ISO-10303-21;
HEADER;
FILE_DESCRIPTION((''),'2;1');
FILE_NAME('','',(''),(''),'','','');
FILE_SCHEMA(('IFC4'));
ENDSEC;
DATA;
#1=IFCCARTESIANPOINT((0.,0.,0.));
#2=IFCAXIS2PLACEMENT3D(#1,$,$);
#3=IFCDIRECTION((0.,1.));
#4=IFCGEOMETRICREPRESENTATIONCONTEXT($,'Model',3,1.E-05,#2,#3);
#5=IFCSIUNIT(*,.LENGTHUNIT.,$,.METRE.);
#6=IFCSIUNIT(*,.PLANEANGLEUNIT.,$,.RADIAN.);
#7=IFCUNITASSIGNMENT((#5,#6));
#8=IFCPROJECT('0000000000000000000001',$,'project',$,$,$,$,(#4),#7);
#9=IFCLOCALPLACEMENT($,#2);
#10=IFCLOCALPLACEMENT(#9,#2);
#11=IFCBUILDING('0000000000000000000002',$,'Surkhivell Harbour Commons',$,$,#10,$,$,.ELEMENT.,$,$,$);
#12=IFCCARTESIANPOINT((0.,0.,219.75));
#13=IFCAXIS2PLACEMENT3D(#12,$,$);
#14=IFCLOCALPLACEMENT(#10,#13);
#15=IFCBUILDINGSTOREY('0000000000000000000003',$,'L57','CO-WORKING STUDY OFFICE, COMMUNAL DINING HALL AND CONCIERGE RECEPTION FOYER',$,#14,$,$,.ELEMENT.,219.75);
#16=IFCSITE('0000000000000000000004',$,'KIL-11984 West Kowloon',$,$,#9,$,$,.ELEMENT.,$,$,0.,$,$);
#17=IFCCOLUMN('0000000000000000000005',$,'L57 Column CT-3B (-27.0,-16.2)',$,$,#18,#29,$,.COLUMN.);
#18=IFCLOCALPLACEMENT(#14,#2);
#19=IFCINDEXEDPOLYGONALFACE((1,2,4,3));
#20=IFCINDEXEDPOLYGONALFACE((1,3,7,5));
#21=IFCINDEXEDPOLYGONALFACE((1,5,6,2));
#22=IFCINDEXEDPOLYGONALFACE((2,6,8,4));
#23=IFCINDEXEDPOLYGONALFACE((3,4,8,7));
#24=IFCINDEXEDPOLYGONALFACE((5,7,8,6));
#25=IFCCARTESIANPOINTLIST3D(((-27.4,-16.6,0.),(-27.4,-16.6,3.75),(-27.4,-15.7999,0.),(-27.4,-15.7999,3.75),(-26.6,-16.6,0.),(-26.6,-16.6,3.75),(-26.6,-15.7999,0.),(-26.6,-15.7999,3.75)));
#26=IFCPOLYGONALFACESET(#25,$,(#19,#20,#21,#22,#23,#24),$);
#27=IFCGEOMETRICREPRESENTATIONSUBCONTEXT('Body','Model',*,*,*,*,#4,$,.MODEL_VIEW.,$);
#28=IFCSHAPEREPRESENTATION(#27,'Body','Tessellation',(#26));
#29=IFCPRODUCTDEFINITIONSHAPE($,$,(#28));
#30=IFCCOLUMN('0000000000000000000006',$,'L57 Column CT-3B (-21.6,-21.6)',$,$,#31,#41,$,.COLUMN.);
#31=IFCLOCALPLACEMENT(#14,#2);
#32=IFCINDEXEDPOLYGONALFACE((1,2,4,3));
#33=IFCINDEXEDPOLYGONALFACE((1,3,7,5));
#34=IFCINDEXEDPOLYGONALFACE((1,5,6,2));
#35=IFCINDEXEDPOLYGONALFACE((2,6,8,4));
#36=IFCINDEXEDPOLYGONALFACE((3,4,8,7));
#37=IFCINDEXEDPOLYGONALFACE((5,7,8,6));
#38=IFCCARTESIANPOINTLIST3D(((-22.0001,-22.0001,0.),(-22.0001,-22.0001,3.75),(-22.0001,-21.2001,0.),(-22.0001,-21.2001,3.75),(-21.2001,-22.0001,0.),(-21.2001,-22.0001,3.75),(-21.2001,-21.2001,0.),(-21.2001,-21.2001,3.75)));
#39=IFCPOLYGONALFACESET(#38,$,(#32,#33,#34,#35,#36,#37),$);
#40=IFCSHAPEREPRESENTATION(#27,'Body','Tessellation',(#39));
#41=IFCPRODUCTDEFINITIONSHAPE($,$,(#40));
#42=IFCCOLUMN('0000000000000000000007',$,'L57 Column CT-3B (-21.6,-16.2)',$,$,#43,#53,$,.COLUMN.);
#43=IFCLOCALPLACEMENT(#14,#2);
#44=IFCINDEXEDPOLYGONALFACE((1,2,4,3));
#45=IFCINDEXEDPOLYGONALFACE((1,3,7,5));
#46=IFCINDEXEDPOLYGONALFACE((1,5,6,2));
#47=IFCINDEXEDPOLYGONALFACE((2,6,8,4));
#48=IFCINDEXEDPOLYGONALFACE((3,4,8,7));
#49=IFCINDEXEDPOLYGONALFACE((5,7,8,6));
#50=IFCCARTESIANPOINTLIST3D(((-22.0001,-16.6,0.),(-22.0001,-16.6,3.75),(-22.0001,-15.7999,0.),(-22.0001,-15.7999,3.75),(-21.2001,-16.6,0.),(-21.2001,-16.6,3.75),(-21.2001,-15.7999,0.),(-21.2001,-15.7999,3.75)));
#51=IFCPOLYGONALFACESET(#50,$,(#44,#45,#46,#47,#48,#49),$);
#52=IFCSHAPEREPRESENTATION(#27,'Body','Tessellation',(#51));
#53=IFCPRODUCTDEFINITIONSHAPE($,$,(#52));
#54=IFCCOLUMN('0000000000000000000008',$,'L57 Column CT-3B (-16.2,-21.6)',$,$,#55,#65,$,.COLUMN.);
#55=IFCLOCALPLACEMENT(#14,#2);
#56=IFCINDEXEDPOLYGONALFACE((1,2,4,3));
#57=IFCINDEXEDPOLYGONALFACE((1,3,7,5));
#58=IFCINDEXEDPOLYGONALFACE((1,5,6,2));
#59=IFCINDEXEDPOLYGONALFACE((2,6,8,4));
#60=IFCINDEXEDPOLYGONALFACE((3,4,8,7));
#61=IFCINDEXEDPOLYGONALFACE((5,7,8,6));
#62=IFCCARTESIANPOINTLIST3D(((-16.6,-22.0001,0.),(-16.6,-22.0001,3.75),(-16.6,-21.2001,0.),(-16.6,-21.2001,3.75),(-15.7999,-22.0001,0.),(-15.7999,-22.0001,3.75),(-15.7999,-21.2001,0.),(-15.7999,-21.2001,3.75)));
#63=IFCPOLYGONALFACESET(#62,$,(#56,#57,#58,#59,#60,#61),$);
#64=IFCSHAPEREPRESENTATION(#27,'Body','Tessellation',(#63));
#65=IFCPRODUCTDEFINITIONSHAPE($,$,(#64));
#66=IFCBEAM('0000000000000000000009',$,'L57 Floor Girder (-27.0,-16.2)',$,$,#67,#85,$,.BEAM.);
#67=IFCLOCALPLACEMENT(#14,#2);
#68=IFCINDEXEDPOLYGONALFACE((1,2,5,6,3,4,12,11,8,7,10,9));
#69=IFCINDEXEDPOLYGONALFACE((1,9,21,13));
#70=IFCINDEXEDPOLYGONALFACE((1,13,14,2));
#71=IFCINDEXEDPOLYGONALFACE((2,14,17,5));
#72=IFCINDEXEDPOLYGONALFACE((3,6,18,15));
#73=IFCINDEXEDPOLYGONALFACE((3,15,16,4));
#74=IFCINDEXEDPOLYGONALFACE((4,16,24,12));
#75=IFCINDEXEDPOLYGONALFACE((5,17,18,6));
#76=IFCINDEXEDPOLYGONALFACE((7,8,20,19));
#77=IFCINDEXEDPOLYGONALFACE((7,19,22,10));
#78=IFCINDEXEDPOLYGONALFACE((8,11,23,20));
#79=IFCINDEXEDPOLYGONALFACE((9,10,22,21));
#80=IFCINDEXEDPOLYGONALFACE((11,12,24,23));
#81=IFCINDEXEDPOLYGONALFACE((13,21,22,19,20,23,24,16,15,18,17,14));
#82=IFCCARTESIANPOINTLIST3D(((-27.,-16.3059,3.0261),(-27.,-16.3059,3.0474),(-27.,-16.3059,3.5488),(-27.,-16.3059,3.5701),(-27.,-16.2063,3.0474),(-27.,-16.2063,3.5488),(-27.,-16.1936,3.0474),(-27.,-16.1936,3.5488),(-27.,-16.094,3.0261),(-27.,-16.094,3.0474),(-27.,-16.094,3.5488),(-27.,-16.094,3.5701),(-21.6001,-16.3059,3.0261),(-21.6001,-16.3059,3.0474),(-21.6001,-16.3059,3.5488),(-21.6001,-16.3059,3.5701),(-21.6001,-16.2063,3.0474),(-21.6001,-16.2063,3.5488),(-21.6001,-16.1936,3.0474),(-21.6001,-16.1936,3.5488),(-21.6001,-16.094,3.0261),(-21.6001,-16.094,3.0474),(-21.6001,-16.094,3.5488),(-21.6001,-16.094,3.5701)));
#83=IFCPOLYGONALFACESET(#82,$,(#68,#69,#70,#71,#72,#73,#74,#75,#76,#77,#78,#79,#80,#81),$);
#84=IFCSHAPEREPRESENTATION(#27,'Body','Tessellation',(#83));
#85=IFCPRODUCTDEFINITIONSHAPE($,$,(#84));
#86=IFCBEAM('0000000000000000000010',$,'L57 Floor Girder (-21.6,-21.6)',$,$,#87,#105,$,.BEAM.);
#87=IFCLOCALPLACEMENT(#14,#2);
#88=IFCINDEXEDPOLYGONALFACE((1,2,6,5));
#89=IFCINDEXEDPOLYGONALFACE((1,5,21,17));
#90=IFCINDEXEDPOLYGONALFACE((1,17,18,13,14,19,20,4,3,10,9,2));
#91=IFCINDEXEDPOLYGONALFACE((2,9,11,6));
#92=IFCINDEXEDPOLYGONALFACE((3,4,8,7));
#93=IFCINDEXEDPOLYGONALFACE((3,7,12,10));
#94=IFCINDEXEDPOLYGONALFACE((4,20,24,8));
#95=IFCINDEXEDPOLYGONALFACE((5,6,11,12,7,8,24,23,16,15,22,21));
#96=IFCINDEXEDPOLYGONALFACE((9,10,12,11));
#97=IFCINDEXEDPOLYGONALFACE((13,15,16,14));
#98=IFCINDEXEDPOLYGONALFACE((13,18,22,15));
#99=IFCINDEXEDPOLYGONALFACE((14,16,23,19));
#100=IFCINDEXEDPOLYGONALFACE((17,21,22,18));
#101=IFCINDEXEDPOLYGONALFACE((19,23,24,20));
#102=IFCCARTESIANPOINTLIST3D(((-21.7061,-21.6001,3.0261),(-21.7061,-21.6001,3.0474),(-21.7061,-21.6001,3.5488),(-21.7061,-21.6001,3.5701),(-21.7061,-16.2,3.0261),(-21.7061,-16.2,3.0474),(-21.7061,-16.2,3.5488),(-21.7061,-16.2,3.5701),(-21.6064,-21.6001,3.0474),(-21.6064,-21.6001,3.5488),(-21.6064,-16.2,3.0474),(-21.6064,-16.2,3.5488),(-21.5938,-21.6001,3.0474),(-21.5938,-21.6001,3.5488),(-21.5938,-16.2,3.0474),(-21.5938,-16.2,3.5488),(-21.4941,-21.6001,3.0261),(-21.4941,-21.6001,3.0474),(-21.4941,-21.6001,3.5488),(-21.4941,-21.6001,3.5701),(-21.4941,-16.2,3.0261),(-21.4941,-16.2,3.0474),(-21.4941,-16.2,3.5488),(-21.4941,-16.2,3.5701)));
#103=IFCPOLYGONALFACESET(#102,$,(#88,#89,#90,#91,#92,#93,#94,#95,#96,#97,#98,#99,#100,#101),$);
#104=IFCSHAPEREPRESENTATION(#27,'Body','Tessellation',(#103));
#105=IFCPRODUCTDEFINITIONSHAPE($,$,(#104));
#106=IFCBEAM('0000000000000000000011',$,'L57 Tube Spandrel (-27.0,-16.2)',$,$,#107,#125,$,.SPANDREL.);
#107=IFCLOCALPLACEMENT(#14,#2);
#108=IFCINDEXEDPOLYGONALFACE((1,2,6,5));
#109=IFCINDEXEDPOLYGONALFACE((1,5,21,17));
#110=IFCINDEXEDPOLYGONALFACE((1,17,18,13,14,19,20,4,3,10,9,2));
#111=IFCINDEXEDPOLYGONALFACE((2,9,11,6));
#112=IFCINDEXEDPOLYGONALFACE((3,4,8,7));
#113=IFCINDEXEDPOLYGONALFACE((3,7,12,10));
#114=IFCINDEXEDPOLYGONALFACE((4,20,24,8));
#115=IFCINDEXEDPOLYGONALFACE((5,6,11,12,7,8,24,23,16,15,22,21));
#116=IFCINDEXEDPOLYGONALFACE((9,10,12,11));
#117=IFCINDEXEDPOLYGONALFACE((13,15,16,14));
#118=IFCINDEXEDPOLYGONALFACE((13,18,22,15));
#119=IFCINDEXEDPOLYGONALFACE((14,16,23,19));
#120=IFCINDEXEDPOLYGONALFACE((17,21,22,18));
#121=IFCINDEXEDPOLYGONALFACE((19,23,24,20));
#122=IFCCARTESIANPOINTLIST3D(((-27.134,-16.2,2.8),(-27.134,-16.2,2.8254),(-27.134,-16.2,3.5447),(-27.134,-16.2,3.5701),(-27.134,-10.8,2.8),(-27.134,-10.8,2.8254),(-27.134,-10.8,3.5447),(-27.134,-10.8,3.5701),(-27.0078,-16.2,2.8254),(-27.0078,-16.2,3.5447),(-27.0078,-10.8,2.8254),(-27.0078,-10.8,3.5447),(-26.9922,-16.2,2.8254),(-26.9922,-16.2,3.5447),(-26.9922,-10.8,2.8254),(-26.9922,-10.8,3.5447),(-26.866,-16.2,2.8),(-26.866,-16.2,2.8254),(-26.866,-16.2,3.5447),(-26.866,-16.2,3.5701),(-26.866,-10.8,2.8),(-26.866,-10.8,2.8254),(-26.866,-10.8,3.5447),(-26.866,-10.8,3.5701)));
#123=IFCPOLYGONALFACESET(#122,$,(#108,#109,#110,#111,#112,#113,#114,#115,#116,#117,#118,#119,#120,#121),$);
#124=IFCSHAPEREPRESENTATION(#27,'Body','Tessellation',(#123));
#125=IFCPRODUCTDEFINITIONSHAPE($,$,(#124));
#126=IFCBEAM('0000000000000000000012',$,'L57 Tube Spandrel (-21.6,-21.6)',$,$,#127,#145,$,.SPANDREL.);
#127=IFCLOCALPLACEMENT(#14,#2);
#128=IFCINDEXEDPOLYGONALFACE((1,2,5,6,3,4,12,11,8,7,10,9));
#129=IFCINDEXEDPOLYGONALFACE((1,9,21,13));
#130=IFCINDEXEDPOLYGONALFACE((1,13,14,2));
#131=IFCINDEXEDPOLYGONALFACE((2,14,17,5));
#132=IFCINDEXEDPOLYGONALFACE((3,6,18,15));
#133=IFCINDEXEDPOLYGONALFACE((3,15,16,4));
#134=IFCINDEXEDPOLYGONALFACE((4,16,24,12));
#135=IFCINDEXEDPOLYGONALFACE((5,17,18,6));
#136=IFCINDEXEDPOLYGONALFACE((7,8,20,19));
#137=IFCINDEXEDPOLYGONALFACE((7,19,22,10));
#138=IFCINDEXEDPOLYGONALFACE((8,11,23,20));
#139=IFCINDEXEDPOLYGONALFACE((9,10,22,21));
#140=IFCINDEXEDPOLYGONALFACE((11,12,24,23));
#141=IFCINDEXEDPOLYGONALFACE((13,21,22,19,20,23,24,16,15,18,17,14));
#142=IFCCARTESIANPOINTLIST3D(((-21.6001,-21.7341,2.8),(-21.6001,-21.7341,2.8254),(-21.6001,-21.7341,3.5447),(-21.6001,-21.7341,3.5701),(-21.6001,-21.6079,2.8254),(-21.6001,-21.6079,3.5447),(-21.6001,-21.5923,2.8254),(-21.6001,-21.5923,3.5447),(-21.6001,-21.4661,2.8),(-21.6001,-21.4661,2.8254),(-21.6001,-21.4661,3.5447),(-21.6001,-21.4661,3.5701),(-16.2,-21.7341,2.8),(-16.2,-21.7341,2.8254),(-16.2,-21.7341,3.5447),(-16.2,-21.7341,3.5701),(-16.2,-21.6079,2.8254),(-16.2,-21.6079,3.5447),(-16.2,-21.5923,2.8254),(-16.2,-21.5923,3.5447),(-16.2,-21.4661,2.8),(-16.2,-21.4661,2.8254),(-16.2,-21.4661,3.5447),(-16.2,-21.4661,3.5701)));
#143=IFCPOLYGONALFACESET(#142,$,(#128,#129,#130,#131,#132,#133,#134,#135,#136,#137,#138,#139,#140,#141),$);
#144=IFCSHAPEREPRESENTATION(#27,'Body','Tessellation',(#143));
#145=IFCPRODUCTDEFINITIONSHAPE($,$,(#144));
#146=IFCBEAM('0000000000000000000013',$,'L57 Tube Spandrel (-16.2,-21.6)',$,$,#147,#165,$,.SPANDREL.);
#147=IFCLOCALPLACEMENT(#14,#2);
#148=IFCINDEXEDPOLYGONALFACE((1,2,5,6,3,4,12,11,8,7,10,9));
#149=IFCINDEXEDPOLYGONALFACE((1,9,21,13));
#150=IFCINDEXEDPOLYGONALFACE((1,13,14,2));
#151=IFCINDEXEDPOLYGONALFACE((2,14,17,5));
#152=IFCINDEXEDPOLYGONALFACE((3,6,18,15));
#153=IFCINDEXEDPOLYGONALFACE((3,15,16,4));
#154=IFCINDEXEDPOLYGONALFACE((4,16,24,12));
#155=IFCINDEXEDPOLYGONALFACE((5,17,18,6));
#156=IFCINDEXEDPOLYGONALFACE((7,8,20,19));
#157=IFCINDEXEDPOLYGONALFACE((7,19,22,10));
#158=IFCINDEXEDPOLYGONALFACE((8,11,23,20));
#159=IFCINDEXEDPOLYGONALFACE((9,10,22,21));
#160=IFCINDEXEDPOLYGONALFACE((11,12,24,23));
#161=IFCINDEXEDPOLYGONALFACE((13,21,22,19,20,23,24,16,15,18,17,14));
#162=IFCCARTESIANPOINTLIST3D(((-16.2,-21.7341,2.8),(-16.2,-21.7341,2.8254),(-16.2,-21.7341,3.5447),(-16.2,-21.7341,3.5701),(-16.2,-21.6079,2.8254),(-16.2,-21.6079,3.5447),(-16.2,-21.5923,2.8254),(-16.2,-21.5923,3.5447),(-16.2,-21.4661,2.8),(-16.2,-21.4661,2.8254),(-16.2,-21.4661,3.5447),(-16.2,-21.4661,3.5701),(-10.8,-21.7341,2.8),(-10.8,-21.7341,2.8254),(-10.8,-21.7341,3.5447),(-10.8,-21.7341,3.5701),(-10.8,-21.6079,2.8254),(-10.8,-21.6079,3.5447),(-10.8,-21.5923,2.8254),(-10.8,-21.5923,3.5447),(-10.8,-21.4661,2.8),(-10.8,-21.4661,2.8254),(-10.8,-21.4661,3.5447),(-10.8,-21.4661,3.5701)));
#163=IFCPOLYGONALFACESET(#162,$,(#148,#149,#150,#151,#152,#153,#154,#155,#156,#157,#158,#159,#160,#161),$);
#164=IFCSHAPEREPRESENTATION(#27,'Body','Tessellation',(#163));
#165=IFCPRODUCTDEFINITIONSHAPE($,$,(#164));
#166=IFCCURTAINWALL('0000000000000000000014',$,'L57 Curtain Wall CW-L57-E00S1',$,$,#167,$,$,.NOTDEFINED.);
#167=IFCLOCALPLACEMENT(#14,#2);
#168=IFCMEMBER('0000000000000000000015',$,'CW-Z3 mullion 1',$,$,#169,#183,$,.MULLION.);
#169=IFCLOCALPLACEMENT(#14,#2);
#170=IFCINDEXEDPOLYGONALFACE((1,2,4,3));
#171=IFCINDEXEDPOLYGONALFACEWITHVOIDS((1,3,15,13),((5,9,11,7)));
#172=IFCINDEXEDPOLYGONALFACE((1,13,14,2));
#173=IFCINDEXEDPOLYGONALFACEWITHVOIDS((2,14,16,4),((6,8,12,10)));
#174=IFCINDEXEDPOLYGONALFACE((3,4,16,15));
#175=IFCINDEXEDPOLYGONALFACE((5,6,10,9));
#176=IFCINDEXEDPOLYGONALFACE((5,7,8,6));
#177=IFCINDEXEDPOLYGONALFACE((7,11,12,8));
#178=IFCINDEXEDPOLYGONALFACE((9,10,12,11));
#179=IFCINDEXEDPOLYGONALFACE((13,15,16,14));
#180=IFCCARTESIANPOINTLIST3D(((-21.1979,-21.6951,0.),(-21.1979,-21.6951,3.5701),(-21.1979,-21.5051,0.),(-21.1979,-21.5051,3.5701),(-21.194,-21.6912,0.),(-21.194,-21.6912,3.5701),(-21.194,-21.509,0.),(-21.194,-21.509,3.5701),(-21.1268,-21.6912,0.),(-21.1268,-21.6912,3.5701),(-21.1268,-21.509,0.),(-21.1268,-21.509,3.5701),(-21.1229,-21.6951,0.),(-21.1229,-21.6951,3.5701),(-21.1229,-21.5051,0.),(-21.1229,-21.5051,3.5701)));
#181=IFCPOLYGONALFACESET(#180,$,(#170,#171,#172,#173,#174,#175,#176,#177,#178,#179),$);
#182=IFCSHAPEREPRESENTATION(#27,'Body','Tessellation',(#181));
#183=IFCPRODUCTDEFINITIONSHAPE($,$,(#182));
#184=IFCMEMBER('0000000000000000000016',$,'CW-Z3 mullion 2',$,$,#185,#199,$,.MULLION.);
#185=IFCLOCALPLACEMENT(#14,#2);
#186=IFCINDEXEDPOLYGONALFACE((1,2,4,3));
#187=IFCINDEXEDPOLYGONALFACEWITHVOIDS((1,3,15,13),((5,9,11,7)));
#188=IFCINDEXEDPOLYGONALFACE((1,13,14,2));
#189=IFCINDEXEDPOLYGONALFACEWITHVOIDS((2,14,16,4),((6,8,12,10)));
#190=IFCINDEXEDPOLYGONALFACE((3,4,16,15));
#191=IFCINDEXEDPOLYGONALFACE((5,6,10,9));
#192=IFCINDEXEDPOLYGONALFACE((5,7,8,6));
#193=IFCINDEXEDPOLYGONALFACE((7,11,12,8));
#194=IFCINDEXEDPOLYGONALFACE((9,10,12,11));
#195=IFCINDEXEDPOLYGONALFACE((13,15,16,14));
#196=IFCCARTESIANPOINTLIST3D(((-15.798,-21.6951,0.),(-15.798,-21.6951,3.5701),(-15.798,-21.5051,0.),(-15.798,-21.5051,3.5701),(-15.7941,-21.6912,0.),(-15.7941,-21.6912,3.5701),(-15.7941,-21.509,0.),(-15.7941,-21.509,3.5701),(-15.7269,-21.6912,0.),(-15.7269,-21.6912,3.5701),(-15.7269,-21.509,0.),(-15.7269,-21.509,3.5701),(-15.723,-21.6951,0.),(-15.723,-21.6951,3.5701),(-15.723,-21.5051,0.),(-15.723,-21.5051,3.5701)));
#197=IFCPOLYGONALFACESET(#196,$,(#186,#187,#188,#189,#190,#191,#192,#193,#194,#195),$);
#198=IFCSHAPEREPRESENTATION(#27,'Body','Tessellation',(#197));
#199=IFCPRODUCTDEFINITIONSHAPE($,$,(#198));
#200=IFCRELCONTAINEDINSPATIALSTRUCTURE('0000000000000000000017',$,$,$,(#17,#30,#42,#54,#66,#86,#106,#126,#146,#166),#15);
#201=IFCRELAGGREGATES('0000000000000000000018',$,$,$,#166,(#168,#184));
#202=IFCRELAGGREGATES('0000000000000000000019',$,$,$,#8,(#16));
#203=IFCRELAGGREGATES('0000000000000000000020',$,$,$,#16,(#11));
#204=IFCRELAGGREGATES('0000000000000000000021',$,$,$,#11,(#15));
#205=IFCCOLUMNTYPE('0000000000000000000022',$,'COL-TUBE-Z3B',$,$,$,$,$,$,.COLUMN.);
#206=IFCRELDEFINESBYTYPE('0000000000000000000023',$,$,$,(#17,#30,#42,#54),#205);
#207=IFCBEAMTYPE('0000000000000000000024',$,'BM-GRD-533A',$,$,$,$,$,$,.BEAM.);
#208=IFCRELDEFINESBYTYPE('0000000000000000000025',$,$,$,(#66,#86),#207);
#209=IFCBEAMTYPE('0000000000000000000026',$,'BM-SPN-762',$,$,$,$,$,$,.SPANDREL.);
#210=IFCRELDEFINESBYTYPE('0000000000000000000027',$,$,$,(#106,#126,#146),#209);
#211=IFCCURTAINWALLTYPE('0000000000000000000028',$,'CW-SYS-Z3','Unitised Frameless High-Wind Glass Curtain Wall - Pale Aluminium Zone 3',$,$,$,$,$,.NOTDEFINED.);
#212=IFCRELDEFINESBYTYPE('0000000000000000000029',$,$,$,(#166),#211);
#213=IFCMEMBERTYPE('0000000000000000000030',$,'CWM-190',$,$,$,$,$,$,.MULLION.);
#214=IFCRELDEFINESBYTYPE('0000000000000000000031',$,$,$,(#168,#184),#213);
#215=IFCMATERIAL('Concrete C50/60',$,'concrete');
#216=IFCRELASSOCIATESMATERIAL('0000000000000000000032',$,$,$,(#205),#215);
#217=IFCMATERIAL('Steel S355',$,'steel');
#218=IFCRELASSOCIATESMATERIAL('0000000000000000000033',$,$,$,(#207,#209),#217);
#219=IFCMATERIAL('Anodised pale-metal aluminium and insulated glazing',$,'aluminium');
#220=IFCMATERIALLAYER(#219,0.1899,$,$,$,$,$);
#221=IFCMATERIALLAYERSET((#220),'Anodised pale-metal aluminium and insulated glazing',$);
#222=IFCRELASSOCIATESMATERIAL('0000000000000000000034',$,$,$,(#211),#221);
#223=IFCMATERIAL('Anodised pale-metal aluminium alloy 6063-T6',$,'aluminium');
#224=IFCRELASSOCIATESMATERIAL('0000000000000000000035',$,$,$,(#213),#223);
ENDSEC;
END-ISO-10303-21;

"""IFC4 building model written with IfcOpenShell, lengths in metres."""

from ifc_helpers import new_model, si_unit, direction, frame, origin, origin_2d, place, context, subcontext, project, spatial, rectangle, hollow_rectangle, i_section, extrude, material, layer, layer_set, material_profile, profile_set, type_object, element, aggregate, save


model = new_model("IFC4")

# Units and contexts
model_context = context("Model", 3, precision=1e-05, world=origin(), true_north=direction((0.0, 1.0)))
body_context = subcontext(model_context, "Body", "Model", "MODEL_VIEW")
ifc_project = project(units=[si_unit("LENGTHUNIT", "METRE"), si_unit("PLANEANGLEUNIT", "RADIAN")], contexts=[model_context])

# Site, building, storey
site_placement = place(None, origin())
site = spatial("IfcSite", under=ifc_project, at=site_placement, Name="KIL-11984 West Kowloon", CompositionType="ELEMENT", RefElevation=0.0)
building_placement = place(site_placement, origin())
building = spatial("IfcBuilding", under=site, at=building_placement, Name="Surkhivell Harbour Commons", CompositionType="ELEMENT")
storey_placement = place(building_placement, frame((0.0, 0.0, 219.75)))
storey = spatial("IfcBuildingStorey", under=building, at=storey_placement, Name="L57", Description="CO-WORKING STUDY OFFICE, COMMUNAL DINING HALL AND CONCIERGE RECEPTION FOYER", CompositionType="ELEMENT", Elevation=219.75)

# Columns
ifc_material_1 = material(Name="Concrete C50/60", Category="concrete")
ifc_material_profile_1 = material_profile(ifc_material_1, rectangle(XDim=0.8, YDim=0.8, at=origin_2d()), Name="RC-COL-800x800")
ifc_profile_set_1 = profile_set([ifc_material_profile_1], Name="Concrete C50/60")
column_type = type_object("IfcColumnType", Name="COL-TUBE-Z3B", PredefinedType="COLUMN", material=ifc_profile_set_1)
for number, where, z_axis, x_axis, name in (
    (1, (-27.0, -16.2, 0.0), (0.0, 0.0, 1.0), (1.0, 0.0, 0.0), "L57 Column CT-3B (-27.0,-16.2)"),
    (2, (-21.6001, -21.6001, 0.0), (0.0, 0.0, 1.0), (1.0, 0.0, 0.0), "L57 Column CT-3B (-21.6,-21.6)"),
    (3, (-21.6001, -16.2, 0.0), (0.0, 0.0, 1.0), (1.0, 0.0, 0.0), "L57 Column CT-3B (-21.6,-16.2)"),
    (4, (-16.2, -21.6001, 0.0), (0.0, 0.0, 1.0), (1.0, 0.0, 0.0), "L57 Column CT-3B (-16.2,-21.6)"),
):
    element("IfcColumn", number, at=place(storey_placement, frame(where, z_axis=z_axis, x_axis=x_axis)), inside=storey, type_object=column_type, Name=name, PredefinedType="COLUMN", context=body_context, shape_type="SweptSolid", body=[
        extrude(rectangle(XDim=0.8, YDim=0.8, at=origin_2d()), origin(), (0.0, 0.0, 1.0), 3.75),
    ])

# Beams
ifc_material_2 = material(Name="Steel S355", Category="steel")
ifc_material_profile_2 = material_profile(ifc_material_2, i_section(OverallWidth=0.2119, OverallDepth=0.5439, WebThickness=0.0127, FlangeThickness=0.0212, at=origin_2d()), Name="UB533x210x122")
ifc_profile_set_2 = profile_set([ifc_material_profile_2], Name="Steel S355")
beam_type_1 = type_object("IfcBeamType", Name="BM-GRD-533A", PredefinedType="BEAM", material=ifc_profile_set_2)
beam_1_placement = place(storey_placement, frame((-27.0, -16.2, 3.2981), z_axis=(1.0, 0.0, 0.0), x_axis=(0.0, 1.0, 0.0)))
element("IfcBeam", 5, at=beam_1_placement, inside=storey, type_object=beam_type_1, Name="L57 Floor Girder (-27.0,-16.2)", PredefinedType="BEAM", context=body_context, shape_type="SweptSolid", body=[
    extrude(i_section(OverallWidth=0.2119, OverallDepth=0.5439, WebThickness=0.0127, FlangeThickness=0.0212, at=origin_2d()), origin(), (0.0, 0.0, 1.0), 5.3999),
])
beam_2_placement = place(storey_placement, frame((-21.6001, -21.6001, 3.2981), z_axis=(0.0, 1.0, 0.0), x_axis=(-1.0, 0.0, 0.0)))
element("IfcBeam", 6, at=beam_2_placement, inside=storey, type_object=beam_type_1, Name="L57 Floor Girder (-21.6,-21.6)", PredefinedType="BEAM", context=body_context, shape_type="SweptSolid", body=[
    extrude(i_section(OverallWidth=0.2119, OverallDepth=0.5439, WebThickness=0.0127, FlangeThickness=0.0212, at=origin_2d()), origin(), (0.0, 0.0, 1.0), 5.4001),
])
ifc_material_profile_3 = material_profile(ifc_material_2, i_section(OverallWidth=0.2681, OverallDepth=0.77, WebThickness=0.0156, FlangeThickness=0.0254, at=origin_2d()), Name="UB762x267x197")
ifc_profile_set_3 = profile_set([ifc_material_profile_3], Name="Steel S355")
beam_type_2 = type_object("IfcBeamType", Name="BM-SPN-762", PredefinedType="SPANDREL", material=ifc_profile_set_3)
beam_3_placement = place(storey_placement, frame((-27.0, -16.2, 3.1851), z_axis=(0.0, 1.0, 0.0), x_axis=(-1.0, 0.0, 0.0)))
element("IfcBeam", 7, at=beam_3_placement, inside=storey, type_object=beam_type_2, Name="L57 Tube Spandrel (-27.0,-16.2)", PredefinedType="SPANDREL", context=body_context, shape_type="SweptSolid", body=[
    extrude(i_section(OverallWidth=0.2681, OverallDepth=0.77, WebThickness=0.0156, FlangeThickness=0.0254, at=origin_2d()), origin(), (0.0, 0.0, 1.0), 5.3999),
])
beam_4_placement = place(storey_placement, frame((-21.6001, -21.6001, 3.1851), z_axis=(1.0, 0.0, 0.0), x_axis=(0.0, 1.0, 0.0)))
element("IfcBeam", 8, at=beam_4_placement, inside=storey, type_object=beam_type_2, Name="L57 Tube Spandrel (-21.6,-21.6)", PredefinedType="SPANDREL", context=body_context, shape_type="SweptSolid", body=[
    extrude(i_section(OverallWidth=0.2681, OverallDepth=0.77, WebThickness=0.0156, FlangeThickness=0.0254, at=origin_2d()), origin(), (0.0, 0.0, 1.0), 5.4001),
])
beam_5_placement = place(storey_placement, frame((-16.2, -21.6001, 3.1851), z_axis=(1.0, 0.0, 0.0), x_axis=(0.0, 1.0, 0.0)))
element("IfcBeam", 9, at=beam_5_placement, inside=storey, type_object=beam_type_2, Name="L57 Tube Spandrel (-16.2,-21.6)", PredefinedType="SPANDREL", context=body_context, shape_type="SweptSolid", body=[
    extrude(i_section(OverallWidth=0.2681, OverallDepth=0.77, WebThickness=0.0156, FlangeThickness=0.0254, at=origin_2d()), origin(), (0.0, 0.0, 1.0), 5.3999),
])

# Curtain wall, members
ifc_material_3 = material(Name="Anodised pale-metal aluminium and insulated glazing", Category="aluminium")
ifc_layer_1 = layer(ifc_material_3, 0.1899)
ifc_layer_set_1 = layer_set([ifc_layer_1], Name="Anodised pale-metal aluminium and insulated glazing")
curtain_wall_type = type_object("IfcCurtainWallType", Name="CW-SYS-Z3", Description="Unitised Frameless High-Wind Glass Curtain Wall - Pale Aluminium Zone 3", PredefinedType="NOTDEFINED", material=ifc_layer_set_1)
curtain_wall_placement = place(storey_placement, origin())
curtain_wall = element("IfcCurtainWall", 10, at=curtain_wall_placement, inside=storey, type_object=curtain_wall_type, Name="L57 Curtain Wall CW-L57-E00S1", PredefinedType="NOTDEFINED")
ifc_material_4 = material(Name="Anodised pale-metal aluminium alloy 6063-T6", Category="aluminium")
ifc_material_profile_4 = material_profile(ifc_material_4, hollow_rectangle(XDim=0.075, YDim=0.1899, WallThickness=0.0039, at=origin_2d()), Name="ALU-MULL-75x190")
ifc_profile_set_4 = profile_set([ifc_material_profile_4], Name="Anodised pale-metal aluminium alloy 6063-T6")
member_type_1 = type_object("IfcMemberType", Name="CWM-190", PredefinedType="MULLION", material=ifc_profile_set_4)
member_1_placement = place(storey_placement, frame((-21.1604, -21.6001, 0.0), z_axis=(0.0, 0.0, 1.0), x_axis=(1.0, 0.0, 0.0)))
member_1 = element("IfcMember", 11, at=member_1_placement, type_object=member_type_1, Name="CW-Z3 mullion 1", PredefinedType="MULLION", context=body_context, shape_type="SweptSolid", body=[
    extrude(hollow_rectangle(XDim=0.075, YDim=0.1899, WallThickness=0.0039, at=origin_2d()), origin(), (0.0, 0.0, 1.0), 3.5701),
])
member_2_placement = place(storey_placement, frame((-15.7605, -21.6001, 0.0), z_axis=(0.0, 0.0, 1.0), x_axis=(1.0, 0.0, 0.0)))
member_2 = element("IfcMember", 12, at=member_2_placement, type_object=member_type_1, Name="CW-Z3 mullion 2", PredefinedType="MULLION", context=body_context, shape_type="SweptSolid", body=[
    extrude(hollow_rectangle(XDim=0.075, YDim=0.1899, WallThickness=0.0039, at=origin_2d()), origin(), (0.0, 0.0, 1.0), 3.5701),
])
aggregate(curtain_wall, [member_1, member_2])

save(model, "model.ifc")
